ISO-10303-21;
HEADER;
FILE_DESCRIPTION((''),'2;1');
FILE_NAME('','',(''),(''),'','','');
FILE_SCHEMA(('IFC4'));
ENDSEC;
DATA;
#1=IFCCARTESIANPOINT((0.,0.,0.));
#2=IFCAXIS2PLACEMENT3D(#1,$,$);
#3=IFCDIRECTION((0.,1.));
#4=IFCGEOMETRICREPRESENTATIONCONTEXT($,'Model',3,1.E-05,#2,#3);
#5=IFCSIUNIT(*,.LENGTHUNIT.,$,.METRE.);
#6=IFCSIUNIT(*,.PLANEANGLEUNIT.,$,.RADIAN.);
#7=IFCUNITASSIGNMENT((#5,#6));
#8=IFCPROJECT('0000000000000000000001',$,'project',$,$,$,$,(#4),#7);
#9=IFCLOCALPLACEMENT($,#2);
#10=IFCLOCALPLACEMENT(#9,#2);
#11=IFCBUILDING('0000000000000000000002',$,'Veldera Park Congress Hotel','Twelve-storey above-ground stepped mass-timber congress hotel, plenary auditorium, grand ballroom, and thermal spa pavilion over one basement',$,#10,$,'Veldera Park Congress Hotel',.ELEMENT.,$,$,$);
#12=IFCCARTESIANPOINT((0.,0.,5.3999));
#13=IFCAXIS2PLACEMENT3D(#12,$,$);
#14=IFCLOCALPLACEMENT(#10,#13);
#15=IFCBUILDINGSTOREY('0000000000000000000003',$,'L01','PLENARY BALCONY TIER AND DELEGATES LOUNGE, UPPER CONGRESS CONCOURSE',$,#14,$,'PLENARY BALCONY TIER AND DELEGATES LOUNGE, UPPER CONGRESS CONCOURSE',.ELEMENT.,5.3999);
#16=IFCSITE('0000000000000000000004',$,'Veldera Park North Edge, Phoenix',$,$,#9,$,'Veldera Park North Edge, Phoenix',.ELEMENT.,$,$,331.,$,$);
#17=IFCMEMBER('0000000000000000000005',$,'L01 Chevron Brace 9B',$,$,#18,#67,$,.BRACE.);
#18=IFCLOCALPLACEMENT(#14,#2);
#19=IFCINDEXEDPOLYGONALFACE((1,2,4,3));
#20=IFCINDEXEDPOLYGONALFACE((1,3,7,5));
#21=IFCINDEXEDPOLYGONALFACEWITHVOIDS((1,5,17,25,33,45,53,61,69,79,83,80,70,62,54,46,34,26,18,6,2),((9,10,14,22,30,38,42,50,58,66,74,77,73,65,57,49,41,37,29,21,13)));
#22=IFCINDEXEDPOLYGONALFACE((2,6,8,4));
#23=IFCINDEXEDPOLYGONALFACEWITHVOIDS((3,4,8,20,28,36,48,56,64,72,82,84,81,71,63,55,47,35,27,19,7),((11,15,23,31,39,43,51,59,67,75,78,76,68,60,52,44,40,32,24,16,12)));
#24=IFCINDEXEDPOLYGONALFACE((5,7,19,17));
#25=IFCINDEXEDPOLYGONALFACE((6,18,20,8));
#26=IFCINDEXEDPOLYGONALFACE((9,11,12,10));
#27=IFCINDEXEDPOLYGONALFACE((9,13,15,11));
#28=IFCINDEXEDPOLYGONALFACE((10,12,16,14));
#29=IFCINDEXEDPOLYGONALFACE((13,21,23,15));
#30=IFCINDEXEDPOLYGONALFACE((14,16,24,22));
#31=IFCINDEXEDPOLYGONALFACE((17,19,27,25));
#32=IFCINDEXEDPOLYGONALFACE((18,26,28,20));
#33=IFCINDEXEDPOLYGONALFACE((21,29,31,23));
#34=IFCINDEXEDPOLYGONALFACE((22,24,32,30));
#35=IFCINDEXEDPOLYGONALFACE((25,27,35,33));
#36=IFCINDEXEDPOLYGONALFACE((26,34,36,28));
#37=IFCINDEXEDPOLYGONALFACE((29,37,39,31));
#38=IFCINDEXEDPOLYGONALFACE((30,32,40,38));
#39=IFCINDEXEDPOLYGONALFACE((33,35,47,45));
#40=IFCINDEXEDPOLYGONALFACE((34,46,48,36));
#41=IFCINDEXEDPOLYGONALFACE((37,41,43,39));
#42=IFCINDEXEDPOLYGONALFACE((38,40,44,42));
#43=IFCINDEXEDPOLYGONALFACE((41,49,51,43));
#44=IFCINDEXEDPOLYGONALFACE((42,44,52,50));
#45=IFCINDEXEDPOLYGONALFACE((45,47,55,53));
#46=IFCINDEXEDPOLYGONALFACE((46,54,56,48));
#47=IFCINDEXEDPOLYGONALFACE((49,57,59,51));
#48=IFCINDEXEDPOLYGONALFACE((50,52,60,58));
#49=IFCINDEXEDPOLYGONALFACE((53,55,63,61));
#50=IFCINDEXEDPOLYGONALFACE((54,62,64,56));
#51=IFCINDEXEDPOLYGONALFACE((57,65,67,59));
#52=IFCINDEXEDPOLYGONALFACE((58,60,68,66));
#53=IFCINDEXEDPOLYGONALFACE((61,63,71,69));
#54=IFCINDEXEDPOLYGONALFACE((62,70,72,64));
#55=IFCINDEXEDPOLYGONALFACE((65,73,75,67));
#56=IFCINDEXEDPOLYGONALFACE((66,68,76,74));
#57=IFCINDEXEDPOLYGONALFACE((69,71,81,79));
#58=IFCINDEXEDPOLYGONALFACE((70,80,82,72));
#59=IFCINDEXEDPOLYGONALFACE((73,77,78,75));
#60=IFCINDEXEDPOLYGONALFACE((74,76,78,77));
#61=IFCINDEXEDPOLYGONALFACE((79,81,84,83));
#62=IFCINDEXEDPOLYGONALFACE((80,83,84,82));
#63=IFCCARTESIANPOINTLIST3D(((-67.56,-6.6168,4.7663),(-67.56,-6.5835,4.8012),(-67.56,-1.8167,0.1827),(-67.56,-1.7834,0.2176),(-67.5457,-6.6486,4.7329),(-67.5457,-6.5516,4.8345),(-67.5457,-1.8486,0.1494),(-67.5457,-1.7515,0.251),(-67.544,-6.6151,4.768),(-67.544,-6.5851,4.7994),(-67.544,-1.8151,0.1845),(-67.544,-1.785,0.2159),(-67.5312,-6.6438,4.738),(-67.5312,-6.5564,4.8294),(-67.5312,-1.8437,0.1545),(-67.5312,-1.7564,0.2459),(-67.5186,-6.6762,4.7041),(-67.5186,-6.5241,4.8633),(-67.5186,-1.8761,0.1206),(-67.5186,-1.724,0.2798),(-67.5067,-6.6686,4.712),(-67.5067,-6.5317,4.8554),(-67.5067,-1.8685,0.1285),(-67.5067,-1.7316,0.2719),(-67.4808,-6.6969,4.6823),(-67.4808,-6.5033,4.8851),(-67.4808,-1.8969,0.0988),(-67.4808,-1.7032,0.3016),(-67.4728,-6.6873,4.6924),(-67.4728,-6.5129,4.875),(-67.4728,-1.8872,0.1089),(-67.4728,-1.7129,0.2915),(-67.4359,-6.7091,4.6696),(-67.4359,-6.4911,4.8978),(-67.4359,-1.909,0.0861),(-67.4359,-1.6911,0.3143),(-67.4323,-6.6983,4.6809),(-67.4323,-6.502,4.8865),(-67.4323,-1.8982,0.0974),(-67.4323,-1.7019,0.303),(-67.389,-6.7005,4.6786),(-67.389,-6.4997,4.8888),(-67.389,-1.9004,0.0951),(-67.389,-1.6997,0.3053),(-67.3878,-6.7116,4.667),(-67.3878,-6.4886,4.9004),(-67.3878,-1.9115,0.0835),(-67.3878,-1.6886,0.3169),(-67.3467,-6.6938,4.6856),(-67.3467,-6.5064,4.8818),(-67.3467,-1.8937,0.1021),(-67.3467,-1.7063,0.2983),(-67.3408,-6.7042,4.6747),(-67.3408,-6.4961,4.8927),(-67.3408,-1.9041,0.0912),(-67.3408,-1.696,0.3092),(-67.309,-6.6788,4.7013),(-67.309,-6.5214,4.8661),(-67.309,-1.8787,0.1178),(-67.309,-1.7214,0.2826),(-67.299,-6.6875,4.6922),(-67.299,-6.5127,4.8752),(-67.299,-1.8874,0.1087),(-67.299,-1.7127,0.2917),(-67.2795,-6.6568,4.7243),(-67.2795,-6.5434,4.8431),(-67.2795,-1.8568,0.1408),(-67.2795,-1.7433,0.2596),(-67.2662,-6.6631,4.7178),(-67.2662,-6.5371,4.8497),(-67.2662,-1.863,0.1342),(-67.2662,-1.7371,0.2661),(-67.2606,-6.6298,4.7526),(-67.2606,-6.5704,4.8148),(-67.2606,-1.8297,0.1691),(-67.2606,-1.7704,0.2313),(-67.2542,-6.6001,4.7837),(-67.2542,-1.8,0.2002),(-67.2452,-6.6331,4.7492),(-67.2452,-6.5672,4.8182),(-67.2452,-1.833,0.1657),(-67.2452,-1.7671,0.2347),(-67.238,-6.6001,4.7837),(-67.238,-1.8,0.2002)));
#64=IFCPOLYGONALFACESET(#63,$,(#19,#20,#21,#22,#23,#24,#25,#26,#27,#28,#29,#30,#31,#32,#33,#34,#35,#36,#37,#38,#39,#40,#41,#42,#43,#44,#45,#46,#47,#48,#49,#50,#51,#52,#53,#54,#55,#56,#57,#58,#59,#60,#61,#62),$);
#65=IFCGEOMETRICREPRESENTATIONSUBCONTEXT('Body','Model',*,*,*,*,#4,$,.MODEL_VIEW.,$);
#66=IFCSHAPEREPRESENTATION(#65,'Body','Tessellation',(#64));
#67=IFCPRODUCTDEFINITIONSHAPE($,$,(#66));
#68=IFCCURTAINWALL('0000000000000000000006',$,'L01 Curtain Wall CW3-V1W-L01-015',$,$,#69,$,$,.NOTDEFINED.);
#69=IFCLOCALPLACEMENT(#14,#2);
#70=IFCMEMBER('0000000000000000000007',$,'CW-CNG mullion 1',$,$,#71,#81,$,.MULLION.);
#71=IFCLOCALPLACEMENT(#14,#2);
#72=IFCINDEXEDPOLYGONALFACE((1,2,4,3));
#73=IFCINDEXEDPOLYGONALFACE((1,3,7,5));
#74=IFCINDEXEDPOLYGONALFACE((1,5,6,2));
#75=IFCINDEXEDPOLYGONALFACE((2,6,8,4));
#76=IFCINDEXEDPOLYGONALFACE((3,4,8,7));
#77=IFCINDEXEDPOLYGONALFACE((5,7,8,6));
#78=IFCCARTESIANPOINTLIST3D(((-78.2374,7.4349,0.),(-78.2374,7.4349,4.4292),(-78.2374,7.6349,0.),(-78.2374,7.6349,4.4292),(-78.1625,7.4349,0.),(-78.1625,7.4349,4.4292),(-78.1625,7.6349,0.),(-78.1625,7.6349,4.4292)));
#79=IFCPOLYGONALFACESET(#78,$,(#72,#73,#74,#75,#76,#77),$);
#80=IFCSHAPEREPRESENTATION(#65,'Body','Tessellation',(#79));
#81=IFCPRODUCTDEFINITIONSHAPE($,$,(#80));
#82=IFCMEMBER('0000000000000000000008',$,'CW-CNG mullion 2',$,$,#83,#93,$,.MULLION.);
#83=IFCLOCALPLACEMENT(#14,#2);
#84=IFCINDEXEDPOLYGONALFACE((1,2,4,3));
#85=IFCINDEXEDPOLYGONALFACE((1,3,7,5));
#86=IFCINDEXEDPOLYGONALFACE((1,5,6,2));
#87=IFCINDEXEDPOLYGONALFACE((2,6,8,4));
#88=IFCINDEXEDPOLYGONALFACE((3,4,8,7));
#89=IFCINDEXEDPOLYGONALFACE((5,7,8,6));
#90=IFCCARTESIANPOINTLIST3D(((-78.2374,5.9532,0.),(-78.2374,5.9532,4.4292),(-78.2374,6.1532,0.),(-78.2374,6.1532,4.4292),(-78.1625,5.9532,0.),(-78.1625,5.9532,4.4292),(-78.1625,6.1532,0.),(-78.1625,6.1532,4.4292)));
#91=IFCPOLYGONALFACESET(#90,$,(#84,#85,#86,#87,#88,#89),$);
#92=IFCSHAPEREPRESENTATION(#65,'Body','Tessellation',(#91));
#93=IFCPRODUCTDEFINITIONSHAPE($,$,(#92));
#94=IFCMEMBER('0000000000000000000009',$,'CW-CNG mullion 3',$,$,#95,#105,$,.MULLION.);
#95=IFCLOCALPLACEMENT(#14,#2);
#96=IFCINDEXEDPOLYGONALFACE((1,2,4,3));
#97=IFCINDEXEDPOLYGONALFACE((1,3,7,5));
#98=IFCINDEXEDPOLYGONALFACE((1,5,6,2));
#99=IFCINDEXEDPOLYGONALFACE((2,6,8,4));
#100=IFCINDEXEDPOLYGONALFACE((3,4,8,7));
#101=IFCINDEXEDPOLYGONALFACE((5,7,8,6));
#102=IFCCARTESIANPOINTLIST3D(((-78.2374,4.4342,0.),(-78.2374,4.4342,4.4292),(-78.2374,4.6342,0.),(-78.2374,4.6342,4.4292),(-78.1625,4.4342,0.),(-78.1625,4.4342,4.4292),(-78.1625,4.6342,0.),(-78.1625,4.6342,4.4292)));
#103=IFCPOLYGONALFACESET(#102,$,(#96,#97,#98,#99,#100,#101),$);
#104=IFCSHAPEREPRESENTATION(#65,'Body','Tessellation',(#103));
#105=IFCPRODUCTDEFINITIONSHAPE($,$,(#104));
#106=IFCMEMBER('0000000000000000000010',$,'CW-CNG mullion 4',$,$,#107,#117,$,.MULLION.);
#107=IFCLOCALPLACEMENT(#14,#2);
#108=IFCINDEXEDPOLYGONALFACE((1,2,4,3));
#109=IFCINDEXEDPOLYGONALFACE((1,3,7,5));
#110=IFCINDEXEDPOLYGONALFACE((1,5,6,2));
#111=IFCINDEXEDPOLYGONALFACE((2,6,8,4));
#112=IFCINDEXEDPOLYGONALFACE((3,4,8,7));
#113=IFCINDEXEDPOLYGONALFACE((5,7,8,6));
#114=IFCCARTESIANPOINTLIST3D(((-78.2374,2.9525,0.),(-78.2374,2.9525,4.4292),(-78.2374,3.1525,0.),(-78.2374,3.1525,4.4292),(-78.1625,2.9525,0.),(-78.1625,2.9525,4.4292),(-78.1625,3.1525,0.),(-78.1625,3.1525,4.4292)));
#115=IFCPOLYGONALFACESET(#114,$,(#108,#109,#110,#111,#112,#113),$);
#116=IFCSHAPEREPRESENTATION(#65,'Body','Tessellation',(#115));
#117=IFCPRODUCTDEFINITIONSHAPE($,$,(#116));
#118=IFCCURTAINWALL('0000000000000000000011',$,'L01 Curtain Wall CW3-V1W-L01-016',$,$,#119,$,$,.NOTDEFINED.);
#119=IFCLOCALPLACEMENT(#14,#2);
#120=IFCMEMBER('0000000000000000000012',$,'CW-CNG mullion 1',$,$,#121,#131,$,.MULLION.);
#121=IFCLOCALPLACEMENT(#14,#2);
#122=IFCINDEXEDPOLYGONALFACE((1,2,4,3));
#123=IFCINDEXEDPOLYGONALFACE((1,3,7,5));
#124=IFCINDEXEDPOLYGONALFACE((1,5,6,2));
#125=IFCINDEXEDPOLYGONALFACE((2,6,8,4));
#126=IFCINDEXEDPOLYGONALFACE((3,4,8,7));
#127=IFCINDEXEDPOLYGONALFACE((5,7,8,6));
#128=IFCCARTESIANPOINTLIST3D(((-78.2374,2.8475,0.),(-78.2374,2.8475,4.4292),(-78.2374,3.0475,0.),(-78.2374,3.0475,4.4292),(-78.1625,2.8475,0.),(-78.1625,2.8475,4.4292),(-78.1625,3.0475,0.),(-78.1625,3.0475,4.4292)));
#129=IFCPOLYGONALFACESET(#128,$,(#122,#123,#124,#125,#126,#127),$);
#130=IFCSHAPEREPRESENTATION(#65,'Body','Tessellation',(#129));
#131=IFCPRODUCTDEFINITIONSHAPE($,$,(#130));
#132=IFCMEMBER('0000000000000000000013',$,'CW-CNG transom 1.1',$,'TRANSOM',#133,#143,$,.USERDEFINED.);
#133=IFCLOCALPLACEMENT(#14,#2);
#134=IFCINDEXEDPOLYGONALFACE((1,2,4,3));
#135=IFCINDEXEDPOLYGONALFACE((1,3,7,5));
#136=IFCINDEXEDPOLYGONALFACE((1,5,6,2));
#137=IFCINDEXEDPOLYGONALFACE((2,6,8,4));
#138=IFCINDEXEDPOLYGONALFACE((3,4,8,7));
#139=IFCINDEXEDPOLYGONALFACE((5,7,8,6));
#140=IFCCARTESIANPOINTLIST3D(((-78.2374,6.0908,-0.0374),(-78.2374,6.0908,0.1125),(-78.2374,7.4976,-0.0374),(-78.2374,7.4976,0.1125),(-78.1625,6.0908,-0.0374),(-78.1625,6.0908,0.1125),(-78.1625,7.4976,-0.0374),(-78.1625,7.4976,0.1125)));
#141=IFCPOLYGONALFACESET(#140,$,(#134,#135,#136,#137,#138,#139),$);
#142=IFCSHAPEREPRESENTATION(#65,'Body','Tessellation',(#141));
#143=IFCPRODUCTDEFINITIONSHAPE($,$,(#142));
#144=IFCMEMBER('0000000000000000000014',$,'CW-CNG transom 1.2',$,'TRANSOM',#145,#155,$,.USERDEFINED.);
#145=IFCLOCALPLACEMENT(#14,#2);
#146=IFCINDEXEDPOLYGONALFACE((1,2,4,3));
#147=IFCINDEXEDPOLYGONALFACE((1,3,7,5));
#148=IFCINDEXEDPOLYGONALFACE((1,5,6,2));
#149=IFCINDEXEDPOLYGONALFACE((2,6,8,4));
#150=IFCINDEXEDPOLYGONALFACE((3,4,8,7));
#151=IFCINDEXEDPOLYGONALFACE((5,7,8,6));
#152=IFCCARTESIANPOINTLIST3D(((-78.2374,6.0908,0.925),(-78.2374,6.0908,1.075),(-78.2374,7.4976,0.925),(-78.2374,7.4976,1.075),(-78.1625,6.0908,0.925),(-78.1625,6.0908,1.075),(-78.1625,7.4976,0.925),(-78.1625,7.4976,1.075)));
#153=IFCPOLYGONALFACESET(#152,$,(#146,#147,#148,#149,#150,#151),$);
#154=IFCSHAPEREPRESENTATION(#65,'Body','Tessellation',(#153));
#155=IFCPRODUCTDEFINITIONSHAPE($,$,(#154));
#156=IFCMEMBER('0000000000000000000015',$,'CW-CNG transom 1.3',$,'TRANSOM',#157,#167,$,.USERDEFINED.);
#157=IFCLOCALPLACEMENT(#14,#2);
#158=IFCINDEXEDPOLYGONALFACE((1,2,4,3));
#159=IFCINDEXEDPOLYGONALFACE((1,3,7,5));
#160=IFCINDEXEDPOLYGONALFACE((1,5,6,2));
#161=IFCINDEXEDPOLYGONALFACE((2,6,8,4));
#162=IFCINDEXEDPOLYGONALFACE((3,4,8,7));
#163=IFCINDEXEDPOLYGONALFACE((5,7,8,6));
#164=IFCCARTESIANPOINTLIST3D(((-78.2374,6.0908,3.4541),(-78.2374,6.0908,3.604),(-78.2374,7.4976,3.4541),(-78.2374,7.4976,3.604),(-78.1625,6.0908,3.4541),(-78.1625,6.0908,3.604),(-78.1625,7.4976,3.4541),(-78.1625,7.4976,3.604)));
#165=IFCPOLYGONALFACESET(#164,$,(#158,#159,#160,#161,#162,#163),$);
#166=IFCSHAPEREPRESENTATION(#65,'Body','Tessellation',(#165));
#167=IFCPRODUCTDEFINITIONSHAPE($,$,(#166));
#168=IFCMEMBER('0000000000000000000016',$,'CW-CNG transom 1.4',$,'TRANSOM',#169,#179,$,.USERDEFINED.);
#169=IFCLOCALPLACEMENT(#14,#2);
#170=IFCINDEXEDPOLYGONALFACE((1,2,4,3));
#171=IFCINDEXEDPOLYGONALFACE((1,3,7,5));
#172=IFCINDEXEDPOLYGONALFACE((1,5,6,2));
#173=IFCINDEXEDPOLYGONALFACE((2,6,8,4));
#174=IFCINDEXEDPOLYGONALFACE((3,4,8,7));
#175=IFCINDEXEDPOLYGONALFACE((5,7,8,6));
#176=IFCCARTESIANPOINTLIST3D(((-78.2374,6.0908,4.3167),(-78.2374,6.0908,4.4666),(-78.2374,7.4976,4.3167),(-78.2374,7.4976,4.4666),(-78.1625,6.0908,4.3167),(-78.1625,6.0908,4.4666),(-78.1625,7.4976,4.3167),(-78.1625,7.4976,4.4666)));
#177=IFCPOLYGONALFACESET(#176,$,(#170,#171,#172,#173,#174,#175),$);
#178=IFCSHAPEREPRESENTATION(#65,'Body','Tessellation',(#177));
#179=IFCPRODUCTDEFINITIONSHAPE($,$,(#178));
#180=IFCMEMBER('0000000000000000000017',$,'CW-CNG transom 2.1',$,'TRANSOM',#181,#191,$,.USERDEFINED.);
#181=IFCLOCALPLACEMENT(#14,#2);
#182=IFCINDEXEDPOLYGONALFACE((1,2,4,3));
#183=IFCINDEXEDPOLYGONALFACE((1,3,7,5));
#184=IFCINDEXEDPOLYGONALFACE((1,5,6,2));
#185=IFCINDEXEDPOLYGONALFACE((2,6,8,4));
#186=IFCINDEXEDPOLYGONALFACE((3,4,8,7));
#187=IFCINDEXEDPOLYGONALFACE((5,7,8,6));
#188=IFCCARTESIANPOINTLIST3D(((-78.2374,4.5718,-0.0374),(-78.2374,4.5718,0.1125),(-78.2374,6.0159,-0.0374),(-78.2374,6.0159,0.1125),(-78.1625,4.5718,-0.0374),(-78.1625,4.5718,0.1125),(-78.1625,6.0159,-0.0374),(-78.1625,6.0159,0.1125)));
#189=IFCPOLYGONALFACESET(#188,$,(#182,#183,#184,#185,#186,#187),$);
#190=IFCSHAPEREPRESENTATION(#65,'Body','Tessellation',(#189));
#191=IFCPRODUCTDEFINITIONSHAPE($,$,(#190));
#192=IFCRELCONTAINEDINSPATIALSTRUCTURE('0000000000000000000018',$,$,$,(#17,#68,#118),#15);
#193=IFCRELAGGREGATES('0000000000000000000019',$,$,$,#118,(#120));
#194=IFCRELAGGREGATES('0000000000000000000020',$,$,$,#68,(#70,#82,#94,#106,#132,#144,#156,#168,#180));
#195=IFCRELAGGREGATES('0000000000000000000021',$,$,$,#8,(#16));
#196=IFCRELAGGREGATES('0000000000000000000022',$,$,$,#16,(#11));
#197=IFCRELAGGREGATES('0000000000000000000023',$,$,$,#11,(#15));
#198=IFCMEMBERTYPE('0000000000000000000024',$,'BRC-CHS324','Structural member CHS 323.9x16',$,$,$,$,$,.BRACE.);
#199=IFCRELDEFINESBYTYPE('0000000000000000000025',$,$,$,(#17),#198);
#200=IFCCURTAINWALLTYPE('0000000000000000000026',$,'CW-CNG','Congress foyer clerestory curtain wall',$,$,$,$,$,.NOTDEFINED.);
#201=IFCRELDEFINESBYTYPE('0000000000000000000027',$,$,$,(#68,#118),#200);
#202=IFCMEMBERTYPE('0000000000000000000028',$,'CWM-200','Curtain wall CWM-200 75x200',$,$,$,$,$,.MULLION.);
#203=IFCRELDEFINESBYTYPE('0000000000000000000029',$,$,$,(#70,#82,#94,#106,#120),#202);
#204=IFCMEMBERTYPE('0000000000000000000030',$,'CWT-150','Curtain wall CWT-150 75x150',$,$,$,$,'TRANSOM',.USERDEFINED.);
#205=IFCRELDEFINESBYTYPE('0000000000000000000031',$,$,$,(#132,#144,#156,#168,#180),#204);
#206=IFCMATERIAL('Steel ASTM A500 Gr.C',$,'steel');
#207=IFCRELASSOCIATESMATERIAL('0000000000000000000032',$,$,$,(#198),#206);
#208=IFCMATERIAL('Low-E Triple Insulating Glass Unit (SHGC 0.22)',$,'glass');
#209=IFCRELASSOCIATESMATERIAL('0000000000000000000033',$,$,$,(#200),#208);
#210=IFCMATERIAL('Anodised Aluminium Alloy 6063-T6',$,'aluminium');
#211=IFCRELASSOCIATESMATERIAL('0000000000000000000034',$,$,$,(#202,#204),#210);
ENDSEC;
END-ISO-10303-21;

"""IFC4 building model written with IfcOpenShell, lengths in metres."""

from ifc_helpers import new_model, si_unit, direction, frame, origin, origin_2d, place, context, subcontext, project, spatial, rectangle, hollow_circle, extrude, material, material_profile, profile_set, type_object, element, aggregate, save


model = new_model("IFC4")

# Units and contexts
model_context = context("Model", 3, precision=1e-05, world=origin(), true_north=direction((0.0, 1.0)))
body_context = subcontext(model_context, "Body", "Model", "MODEL_VIEW")
ifc_project = project(units=[si_unit("LENGTHUNIT", "METRE"), si_unit("PLANEANGLEUNIT", "RADIAN")], contexts=[model_context])

# Site, building, storey
site_placement = place(None, origin())
site = spatial("IfcSite", under=ifc_project, at=site_placement, Name="Veldera Park North Edge, Phoenix", LongName="Veldera Park North Edge, Phoenix", CompositionType="ELEMENT", RefElevation=331.0)
building_placement = place(site_placement, origin())
building = spatial("IfcBuilding", under=site, at=building_placement, Name="Veldera Park Congress Hotel", Description="Twelve-storey above-ground stepped mass-timber congress hotel, plenary auditorium, grand ballroom, and thermal spa pavilion over one basement", LongName="Veldera Park Congress Hotel", CompositionType="ELEMENT")
storey_placement = place(building_placement, frame((0.0, 0.0, 5.3999)))
storey = spatial("IfcBuildingStorey", under=building, at=storey_placement, Name="L01", Description="PLENARY BALCONY TIER AND DELEGATES LOUNGE, UPPER CONGRESS CONCOURSE", LongName="PLENARY BALCONY TIER AND DELEGATES LOUNGE, UPPER CONGRESS CONCOURSE", CompositionType="ELEMENT", Elevation=5.3999)

# Member
ifc_material_1 = material(Name="Steel ASTM A500 Gr.C", Category="steel")
ifc_material_profile_1 = material_profile(ifc_material_1, hollow_circle(Radius=0.1619, WallThickness=0.0161, at=origin_2d()), Name="CHS 323.9x16")
ifc_profile_set_1 = profile_set([ifc_material_profile_1], Name="Steel ASTM A500 Gr.C")
member_type_1 = type_object("IfcMemberType", Name="BRC-CHS324", Description="Structural member CHS 323.9x16", PredefinedType="BRACE", material=ifc_profile_set_1)
member_1_placement = place(storey_placement, frame((-67.3999, -1.8, 0.2002), z_axis=(0.0, -0.723233, 0.690604), x_axis=(1.0, 0.0, 0.0)))
element("IfcMember", 1, at=member_1_placement, inside=storey, type_object=member_type_1, Name="L01 Chevron Brace 9B", PredefinedType="BRACE", context=body_context, shape_type="SweptSolid", body=[
    extrude(hollow_circle(Radius=0.1619, WallThickness=0.0161, at=origin_2d()), origin(), (0.0, 0.0, 1.0), 6.637),
])

# Curtain wall, members
ifc_material_2 = material(Name="Low-E Triple Insulating Glass Unit (SHGC 0.22)", Category="glass")
curtain_wall_type = type_object("IfcCurtainWallType", Name="CW-CNG", Description="Congress foyer clerestory curtain wall", PredefinedType="NOTDEFINED", material=ifc_material_2)
curtain_wall_1_placement = place(storey_placement, origin())
curtain_wall_1 = element("IfcCurtainWall", 2, at=curtain_wall_1_placement, inside=storey, type_object=curtain_wall_type, Name="L01 Curtain Wall CW3-V1W-L01-015", PredefinedType="NOTDEFINED")
ifc_material_3 = material(Name="Anodised Aluminium Alloy 6063-T6", Category="aluminium")
ifc_material_profile_2 = material_profile(ifc_material_3, rectangle(XDim=0.075, YDim=0.2, at=origin_2d()), Name="ALU 75x200")
ifc_profile_set_2 = profile_set([ifc_material_profile_2], Name="Anodised Aluminium Alloy 6063-T6")
member_type_2 = type_object("IfcMemberType", Name="CWM-200", Description="Curtain wall CWM-200 75x200", PredefinedType="MULLION", material=ifc_profile_set_2)
member_2_placement = place(storey_placement, frame((-78.2, 7.5349, 0.0), z_axis=(0.0, 0.0, 1.0), x_axis=(1.0, 0.0, 0.0)))
member_2 = element("IfcMember", 3, at=member_2_placement, type_object=member_type_2, Name="CW-CNG mullion 1", PredefinedType="MULLION", context=body_context, shape_type="SweptSolid", body=[
    extrude(rectangle(XDim=0.075, YDim=0.2, at=origin_2d()), origin(), (0.0, 0.0, 1.0), 4.4292),
])
member_3_placement = place(storey_placement, frame((-78.2, 6.0532, 0.0), z_axis=(0.0, 0.0, 1.0), x_axis=(1.0, 0.0, 0.0)))
member_3 = element("IfcMember", 4, at=member_3_placement, type_object=member_type_2, Name="CW-CNG mullion 2", PredefinedType="MULLION", context=body_context, shape_type="SweptSolid", body=[
    extrude(rectangle(XDim=0.075, YDim=0.2, at=origin_2d()), origin(), (0.0, 0.0, 1.0), 4.4292),
])
member_4_placement = place(storey_placement, frame((-78.2, 4.5342, 0.0), z_axis=(0.0, 0.0, 1.0), x_axis=(1.0, 0.0, 0.0)))
member_4 = element("IfcMember", 5, at=member_4_placement, type_object=member_type_2, Name="CW-CNG mullion 3", PredefinedType="MULLION", context=body_context, shape_type="SweptSolid", body=[
    extrude(rectangle(XDim=0.075, YDim=0.2, at=origin_2d()), origin(), (0.0, 0.0, 1.0), 4.4292),
])
member_5_placement = place(storey_placement, frame((-78.2, 3.0525, 0.0), z_axis=(0.0, 0.0, 1.0), x_axis=(1.0, 0.0, 0.0)))
member_5 = element("IfcMember", 6, at=member_5_placement, type_object=member_type_2, Name="CW-CNG mullion 4", PredefinedType="MULLION", context=body_context, shape_type="SweptSolid", body=[
    extrude(rectangle(XDim=0.075, YDim=0.2, at=origin_2d()), origin(), (0.0, 0.0, 1.0), 4.4292),
])

# Curtain wall, member
curtain_wall_2_placement = place(storey_placement, origin())
curtain_wall_2 = element("IfcCurtainWall", 7, at=curtain_wall_2_placement, inside=storey, type_object=curtain_wall_type, Name="L01 Curtain Wall CW3-V1W-L01-016", PredefinedType="NOTDEFINED")
member_6_placement = place(storey_placement, frame((-78.2, 2.9475, 0.0), z_axis=(0.0, 0.0, 1.0), x_axis=(1.0, 0.0, 0.0)))
member_6 = element("IfcMember", 8, at=member_6_placement, type_object=member_type_2, Name="CW-CNG mullion 1", PredefinedType="MULLION", context=body_context, shape_type="SweptSolid", body=[
    extrude(rectangle(XDim=0.075, YDim=0.2, at=origin_2d()), origin(), (0.0, 0.0, 1.0), 4.4292),
])

# Members
ifc_material_profile_3 = material_profile(ifc_material_3, rectangle(XDim=0.075, YDim=0.1499, at=origin_2d()), Name="ALU 75x150")
ifc_profile_set_3 = profile_set([ifc_material_profile_3], Name="Anodised Aluminium Alloy 6063-T6")
member_type_3 = type_object("IfcMemberType", Name="CWT-150", Description="Curtain wall CWT-150 75x150", ElementType="TRANSOM", PredefinedType="USERDEFINED", material=ifc_profile_set_3)
member_7_placement = place(storey_placement, frame((-78.2, 7.4976, 0.0376), z_axis=(0.0, -1.0, 0.0), x_axis=(1.0, 0.0, 0.0)))
member_7 = element("IfcMember", 9, at=member_7_placement, type_object=member_type_3, Name="CW-CNG transom 1.1", ObjectType="TRANSOM", PredefinedType="USERDEFINED", context=body_context, shape_type="SweptSolid", body=[
    extrude(rectangle(XDim=0.075, YDim=0.1499, at=origin_2d()), origin(), (0.0, 0.0, 1.0), 1.4067),
])
member_8_placement = place(storey_placement, frame((-78.2, 7.4976, 1.0), z_axis=(0.0, -1.0, 0.0), x_axis=(1.0, 0.0, 0.0)))
member_8 = element("IfcMember", 10, at=member_8_placement, type_object=member_type_3, Name="CW-CNG transom 1.2", ObjectType="TRANSOM", PredefinedType="USERDEFINED", context=body_context, shape_type="SweptSolid", body=[
    extrude(rectangle(XDim=0.075, YDim=0.1499, at=origin_2d()), origin(), (0.0, 0.0, 1.0), 1.4067),
])
member_9_placement = place(storey_placement, frame((-78.2, 7.4976, 3.5291), z_axis=(0.0, -1.0, 0.0), x_axis=(1.0, 0.0, 0.0)))
member_9 = element("IfcMember", 11, at=member_9_placement, type_object=member_type_3, Name="CW-CNG transom 1.3", ObjectType="TRANSOM", PredefinedType="USERDEFINED", context=body_context, shape_type="SweptSolid", body=[
    extrude(rectangle(XDim=0.075, YDim=0.1499, at=origin_2d()), origin(), (0.0, 0.0, 1.0), 1.4067),
])
member_10_placement = place(storey_placement, frame((-78.2, 7.4976, 4.3916), z_axis=(0.0, -1.0, 0.0), x_axis=(1.0, 0.0, 0.0)))
member_10 = element("IfcMember", 12, at=member_10_placement, type_object=member_type_3, Name="CW-CNG transom 1.4", ObjectType="TRANSOM", PredefinedType="USERDEFINED", context=body_context, shape_type="SweptSolid", body=[
    extrude(rectangle(XDim=0.075, YDim=0.1499, at=origin_2d()), origin(), (0.0, 0.0, 1.0), 1.4067),
])
member_11_placement = place(storey_placement, frame((-78.2, 6.0159, 0.0376), z_axis=(0.0, -1.0, 0.0), x_axis=(1.0, 0.0, 0.0)))
member_11 = element("IfcMember", 13, at=member_11_placement, type_object=member_type_3, Name="CW-CNG transom 2.1", ObjectType="TRANSOM", PredefinedType="USERDEFINED", context=body_context, shape_type="SweptSolid", body=[
    extrude(rectangle(XDim=0.075, YDim=0.1499, at=origin_2d()), origin(), (0.0, 0.0, 1.0), 1.4441),
])
aggregate(curtain_wall_2, [member_6])

aggregate(curtain_wall_1, [member_2, member_3, member_4, member_5, member_7, member_8, member_9, member_10, member_11])

save(model, "model.ifc")
